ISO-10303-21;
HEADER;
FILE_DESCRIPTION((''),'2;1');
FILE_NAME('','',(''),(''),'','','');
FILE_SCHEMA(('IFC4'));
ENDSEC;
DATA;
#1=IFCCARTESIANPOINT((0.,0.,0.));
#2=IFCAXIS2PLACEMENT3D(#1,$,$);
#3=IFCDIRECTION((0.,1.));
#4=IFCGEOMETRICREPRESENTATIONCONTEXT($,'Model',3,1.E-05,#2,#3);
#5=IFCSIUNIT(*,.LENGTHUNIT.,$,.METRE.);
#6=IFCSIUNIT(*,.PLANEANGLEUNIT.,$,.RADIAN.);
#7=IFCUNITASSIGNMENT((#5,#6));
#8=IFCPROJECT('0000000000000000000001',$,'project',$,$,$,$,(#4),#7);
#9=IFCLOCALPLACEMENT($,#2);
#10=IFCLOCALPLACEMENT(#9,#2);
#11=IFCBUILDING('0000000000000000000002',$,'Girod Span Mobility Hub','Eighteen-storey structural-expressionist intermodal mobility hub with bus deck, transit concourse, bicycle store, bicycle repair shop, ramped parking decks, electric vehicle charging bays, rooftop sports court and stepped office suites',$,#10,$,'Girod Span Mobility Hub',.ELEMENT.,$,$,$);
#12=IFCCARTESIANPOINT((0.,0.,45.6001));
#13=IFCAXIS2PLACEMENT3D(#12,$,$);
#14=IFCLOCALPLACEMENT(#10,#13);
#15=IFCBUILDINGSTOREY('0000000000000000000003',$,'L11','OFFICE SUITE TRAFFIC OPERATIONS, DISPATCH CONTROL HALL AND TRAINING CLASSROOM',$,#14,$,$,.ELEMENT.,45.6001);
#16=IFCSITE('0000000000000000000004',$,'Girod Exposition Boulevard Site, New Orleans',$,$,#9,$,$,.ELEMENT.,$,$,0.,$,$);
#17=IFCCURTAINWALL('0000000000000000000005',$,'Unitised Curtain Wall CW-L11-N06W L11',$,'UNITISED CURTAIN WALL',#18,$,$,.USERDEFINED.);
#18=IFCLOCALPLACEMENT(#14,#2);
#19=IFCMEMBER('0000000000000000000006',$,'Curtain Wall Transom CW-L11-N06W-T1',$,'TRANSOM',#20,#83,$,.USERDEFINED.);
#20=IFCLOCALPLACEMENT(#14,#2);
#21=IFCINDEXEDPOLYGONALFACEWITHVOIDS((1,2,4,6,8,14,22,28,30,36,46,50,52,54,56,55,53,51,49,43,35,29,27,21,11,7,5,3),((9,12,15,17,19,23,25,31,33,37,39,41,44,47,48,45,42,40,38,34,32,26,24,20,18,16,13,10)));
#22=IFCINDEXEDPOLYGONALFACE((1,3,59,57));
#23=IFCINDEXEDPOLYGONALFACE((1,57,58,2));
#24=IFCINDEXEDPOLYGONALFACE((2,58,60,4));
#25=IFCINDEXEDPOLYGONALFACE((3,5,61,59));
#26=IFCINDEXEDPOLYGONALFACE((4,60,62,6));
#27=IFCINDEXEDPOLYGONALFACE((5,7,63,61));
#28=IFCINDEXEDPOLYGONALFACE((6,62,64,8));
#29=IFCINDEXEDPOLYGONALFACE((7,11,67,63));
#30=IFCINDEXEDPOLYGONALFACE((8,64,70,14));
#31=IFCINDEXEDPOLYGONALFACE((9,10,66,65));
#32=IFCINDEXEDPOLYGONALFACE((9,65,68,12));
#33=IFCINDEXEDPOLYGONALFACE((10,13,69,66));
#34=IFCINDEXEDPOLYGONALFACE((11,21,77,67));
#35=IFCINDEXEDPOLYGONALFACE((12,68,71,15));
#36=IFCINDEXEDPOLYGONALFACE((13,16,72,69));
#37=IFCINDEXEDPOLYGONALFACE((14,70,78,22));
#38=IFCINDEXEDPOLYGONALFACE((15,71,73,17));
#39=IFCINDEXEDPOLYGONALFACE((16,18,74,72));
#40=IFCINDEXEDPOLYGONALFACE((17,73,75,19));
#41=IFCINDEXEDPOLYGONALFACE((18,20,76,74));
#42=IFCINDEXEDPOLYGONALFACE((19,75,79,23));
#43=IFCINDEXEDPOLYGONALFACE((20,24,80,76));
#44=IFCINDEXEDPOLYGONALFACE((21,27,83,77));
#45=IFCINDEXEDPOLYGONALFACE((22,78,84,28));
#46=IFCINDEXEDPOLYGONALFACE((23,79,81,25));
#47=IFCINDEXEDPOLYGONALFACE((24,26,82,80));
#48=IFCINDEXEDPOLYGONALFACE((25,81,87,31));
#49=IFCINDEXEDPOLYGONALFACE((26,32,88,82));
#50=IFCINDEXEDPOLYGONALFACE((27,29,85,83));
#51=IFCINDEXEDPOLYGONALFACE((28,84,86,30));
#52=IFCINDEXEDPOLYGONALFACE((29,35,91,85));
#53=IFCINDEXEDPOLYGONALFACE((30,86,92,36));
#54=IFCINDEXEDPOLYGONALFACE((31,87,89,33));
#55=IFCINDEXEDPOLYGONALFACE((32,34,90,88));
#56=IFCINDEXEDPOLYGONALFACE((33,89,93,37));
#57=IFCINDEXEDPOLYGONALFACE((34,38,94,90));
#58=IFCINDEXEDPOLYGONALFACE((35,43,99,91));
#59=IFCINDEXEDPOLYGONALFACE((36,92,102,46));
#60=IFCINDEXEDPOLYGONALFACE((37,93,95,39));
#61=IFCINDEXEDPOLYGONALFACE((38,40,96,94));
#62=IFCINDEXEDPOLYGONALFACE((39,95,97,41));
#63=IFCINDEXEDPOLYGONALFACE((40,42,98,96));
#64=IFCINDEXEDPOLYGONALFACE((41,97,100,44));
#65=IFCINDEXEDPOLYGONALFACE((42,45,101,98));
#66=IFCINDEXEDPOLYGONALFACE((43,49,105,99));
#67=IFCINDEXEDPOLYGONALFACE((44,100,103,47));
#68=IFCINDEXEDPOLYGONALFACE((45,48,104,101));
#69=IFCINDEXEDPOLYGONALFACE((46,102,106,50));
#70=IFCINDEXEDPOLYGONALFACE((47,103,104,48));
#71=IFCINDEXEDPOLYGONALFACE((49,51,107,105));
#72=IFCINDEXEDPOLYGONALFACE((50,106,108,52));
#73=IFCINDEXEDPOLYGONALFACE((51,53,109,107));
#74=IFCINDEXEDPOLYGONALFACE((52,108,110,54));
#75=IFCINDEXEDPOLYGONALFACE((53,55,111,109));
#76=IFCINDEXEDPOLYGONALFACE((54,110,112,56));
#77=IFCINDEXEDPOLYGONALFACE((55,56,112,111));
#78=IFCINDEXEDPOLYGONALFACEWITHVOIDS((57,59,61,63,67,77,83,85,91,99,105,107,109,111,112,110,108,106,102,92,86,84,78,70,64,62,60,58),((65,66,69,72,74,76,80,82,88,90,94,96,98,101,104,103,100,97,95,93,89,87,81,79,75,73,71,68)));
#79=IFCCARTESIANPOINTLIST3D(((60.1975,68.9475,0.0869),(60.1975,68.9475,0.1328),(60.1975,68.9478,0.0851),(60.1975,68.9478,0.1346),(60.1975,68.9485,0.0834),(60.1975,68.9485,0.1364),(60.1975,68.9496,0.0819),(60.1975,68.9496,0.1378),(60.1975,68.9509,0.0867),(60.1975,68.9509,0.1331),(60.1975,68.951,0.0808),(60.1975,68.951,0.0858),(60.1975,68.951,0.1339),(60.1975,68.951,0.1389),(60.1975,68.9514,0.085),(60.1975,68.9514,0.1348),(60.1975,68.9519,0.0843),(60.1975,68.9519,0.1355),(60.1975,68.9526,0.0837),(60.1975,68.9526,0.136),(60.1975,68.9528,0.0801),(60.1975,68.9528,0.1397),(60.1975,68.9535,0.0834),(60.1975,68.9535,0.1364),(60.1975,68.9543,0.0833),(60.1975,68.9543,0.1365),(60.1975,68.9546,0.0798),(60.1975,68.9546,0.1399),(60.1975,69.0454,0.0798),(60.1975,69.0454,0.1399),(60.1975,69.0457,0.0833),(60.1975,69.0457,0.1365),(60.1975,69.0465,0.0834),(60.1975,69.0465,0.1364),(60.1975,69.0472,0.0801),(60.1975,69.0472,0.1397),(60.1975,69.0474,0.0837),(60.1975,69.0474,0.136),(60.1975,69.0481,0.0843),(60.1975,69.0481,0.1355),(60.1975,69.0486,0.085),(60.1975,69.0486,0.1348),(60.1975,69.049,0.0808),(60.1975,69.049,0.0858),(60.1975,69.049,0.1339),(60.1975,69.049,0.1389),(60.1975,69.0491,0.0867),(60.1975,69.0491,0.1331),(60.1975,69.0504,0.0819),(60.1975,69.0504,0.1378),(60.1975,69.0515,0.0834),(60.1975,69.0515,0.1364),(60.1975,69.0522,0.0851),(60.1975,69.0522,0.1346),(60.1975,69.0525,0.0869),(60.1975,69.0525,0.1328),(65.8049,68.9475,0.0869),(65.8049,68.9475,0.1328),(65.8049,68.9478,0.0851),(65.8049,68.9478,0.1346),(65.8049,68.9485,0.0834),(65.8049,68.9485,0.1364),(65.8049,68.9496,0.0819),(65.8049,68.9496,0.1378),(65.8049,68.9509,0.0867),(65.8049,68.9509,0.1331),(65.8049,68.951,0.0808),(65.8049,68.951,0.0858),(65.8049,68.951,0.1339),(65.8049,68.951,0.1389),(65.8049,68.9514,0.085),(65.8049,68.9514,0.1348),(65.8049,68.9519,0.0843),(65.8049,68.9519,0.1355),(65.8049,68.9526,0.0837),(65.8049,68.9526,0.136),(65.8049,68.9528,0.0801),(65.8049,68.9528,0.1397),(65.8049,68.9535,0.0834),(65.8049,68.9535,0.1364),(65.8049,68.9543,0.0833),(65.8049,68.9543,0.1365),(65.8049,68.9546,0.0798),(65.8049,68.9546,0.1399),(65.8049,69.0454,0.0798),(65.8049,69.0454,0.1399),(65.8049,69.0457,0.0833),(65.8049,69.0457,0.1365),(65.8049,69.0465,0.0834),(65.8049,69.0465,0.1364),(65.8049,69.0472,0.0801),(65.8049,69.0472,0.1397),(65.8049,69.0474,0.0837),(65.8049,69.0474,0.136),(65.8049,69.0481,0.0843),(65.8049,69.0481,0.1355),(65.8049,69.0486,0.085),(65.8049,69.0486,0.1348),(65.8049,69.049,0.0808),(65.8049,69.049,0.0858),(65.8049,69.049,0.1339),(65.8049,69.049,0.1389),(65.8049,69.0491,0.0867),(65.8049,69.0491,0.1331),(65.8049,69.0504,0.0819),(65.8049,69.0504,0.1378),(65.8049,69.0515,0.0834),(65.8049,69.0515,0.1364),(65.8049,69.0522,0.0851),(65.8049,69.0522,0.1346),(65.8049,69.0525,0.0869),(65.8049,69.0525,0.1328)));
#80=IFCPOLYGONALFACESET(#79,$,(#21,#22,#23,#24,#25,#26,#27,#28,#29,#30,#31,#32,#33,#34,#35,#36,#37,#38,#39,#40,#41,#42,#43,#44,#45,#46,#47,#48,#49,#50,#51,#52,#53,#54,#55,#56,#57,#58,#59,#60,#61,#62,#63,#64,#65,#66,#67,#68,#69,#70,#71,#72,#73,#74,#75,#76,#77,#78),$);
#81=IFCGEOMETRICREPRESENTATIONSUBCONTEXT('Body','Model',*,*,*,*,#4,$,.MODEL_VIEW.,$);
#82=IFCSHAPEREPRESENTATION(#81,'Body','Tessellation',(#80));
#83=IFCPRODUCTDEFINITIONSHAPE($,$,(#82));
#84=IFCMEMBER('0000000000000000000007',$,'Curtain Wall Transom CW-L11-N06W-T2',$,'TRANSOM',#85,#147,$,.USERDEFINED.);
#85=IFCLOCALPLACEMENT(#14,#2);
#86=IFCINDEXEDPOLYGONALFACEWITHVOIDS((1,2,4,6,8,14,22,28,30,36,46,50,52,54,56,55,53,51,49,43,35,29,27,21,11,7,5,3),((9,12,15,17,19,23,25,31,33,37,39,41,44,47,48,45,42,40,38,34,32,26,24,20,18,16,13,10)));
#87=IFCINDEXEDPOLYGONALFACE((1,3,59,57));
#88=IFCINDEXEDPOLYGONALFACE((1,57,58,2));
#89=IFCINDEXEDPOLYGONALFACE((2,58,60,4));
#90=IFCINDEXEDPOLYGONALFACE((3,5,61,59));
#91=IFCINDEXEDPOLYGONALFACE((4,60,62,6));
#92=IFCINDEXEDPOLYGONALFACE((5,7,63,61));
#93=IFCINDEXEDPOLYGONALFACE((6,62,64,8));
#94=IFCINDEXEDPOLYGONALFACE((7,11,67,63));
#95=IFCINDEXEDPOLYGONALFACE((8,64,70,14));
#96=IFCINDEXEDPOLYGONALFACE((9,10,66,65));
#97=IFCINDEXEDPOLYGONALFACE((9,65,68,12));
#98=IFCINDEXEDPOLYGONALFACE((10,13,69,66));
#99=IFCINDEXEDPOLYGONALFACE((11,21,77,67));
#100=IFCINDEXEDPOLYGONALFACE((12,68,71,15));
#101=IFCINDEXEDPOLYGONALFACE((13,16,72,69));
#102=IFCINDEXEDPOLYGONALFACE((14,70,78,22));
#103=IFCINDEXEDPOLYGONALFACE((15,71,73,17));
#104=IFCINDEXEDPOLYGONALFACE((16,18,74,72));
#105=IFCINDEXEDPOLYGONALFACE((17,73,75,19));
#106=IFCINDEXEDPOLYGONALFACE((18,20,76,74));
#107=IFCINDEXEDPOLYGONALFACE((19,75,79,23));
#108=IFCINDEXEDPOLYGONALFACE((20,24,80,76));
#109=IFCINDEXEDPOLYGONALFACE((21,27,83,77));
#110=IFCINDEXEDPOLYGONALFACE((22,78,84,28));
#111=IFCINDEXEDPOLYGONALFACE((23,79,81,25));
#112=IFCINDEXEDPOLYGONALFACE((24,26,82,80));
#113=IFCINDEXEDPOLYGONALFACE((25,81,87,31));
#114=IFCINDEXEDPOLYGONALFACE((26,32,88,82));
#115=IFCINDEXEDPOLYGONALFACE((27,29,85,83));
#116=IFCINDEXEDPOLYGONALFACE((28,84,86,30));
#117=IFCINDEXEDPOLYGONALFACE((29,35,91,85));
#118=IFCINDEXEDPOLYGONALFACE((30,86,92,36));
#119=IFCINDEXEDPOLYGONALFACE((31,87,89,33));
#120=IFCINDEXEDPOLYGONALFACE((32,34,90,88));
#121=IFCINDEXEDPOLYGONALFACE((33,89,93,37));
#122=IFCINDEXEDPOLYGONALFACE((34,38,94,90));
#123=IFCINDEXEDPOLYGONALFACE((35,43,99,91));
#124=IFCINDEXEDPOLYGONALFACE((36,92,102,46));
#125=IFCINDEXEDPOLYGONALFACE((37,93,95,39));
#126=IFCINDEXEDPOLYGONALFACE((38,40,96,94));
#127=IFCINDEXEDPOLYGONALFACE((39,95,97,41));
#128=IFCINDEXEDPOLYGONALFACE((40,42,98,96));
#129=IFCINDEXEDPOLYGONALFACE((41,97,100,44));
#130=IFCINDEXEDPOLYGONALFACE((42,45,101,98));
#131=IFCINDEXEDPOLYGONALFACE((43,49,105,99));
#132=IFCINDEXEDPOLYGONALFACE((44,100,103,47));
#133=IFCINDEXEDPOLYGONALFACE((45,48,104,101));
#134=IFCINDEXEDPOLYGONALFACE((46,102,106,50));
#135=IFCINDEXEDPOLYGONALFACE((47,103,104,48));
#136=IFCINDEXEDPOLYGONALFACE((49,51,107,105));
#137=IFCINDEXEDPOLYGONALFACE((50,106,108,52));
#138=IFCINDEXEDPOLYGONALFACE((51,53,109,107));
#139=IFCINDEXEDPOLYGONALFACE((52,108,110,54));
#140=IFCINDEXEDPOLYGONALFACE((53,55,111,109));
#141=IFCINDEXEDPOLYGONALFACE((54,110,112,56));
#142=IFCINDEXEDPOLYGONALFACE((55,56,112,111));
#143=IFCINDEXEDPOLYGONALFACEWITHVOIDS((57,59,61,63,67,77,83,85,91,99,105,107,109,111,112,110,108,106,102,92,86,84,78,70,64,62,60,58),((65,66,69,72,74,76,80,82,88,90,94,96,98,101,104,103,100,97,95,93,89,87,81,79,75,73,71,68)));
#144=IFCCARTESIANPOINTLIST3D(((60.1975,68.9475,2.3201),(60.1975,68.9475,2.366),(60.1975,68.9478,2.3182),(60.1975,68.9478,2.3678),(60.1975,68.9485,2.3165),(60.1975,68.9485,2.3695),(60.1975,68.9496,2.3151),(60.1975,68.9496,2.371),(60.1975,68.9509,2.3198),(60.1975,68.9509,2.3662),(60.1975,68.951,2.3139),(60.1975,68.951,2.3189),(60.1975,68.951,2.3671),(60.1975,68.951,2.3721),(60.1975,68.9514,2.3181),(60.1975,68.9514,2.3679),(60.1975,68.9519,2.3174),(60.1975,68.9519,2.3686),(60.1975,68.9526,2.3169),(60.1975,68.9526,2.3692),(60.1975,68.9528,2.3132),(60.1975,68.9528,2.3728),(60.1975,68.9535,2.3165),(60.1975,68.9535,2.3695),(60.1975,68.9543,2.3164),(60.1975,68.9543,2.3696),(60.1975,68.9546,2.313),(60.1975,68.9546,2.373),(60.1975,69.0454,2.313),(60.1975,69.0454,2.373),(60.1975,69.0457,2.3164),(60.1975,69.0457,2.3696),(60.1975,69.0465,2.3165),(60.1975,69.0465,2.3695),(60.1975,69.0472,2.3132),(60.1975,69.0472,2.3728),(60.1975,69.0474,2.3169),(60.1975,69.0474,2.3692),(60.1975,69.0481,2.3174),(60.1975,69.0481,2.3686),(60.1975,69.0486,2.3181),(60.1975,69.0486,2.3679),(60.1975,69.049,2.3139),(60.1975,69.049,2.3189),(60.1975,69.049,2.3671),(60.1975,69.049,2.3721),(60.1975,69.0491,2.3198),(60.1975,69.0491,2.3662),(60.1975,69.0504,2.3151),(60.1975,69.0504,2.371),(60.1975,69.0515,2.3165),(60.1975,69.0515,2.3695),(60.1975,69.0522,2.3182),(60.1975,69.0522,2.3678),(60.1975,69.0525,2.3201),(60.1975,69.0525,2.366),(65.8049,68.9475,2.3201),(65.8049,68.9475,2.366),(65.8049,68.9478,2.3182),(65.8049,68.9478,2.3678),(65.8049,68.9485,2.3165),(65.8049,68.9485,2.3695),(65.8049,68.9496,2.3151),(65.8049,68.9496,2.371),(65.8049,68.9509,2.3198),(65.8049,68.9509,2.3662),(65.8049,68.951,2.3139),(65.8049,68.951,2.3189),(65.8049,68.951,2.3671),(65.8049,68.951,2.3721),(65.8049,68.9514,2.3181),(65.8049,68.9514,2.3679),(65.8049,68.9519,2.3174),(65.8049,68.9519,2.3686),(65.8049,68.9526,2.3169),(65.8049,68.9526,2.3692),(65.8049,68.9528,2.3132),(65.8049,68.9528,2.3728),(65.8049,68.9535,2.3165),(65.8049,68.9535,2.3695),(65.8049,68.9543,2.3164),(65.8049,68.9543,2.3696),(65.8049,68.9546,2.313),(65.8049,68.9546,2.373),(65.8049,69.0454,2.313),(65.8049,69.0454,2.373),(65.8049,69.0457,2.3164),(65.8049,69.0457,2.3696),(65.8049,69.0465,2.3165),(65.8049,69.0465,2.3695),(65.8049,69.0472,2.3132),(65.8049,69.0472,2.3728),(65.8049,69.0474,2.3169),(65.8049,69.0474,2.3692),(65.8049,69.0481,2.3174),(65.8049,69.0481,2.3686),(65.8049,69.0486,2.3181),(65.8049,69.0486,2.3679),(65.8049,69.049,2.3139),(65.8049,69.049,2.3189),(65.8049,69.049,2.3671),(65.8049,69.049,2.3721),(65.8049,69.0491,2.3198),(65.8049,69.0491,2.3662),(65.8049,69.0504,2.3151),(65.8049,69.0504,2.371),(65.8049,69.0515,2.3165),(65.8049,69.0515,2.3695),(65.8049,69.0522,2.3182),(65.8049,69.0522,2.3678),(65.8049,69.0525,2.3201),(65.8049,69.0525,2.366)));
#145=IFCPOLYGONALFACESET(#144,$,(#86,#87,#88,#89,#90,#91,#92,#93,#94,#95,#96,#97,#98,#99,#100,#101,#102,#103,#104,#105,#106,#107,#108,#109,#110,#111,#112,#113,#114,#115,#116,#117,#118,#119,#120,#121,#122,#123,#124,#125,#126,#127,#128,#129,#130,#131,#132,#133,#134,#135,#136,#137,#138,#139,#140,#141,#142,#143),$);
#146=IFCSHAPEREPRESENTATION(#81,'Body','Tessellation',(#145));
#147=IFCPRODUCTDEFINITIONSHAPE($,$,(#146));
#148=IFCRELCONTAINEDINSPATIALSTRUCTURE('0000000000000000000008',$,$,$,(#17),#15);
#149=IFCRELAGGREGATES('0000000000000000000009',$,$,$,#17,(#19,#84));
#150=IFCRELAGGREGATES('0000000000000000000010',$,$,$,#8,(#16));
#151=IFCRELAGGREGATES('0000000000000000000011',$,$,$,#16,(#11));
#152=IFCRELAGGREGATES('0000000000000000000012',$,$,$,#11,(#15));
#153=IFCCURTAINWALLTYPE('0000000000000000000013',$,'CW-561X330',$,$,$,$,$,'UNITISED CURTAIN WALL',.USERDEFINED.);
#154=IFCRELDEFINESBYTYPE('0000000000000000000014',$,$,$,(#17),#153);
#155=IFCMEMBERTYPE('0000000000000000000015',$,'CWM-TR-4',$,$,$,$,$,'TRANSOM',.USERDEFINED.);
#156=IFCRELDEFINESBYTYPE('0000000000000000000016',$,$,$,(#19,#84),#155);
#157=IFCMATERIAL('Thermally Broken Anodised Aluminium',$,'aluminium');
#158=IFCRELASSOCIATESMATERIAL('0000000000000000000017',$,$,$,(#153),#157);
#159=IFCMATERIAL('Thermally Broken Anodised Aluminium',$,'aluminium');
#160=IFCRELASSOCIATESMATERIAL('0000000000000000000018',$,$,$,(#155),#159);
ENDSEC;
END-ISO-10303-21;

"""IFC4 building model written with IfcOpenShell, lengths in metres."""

from ifc_helpers import new_model, si_unit, direction, frame, origin, origin_2d, place, context, subcontext, project, spatial, hollow_rectangle, extrude, material, material_profile, profile_set, type_object, element, aggregate, save


model = new_model("IFC4")

# Units and contexts
model_context = context("Model", 3, precision=1e-05, world=origin(), true_north=direction((0.0, 1.0)))
body_context = subcontext(model_context, "Body", "Model", "MODEL_VIEW")
ifc_project = project(units=[si_unit("LENGTHUNIT", "METRE"), si_unit("PLANEANGLEUNIT", "RADIAN")], contexts=[model_context])

# Site, building, storey
site_placement = place(None, origin())
site = spatial("IfcSite", under=ifc_project, at=site_placement, Name="Girod Exposition Boulevard Site, New Orleans", CompositionType="ELEMENT", RefElevation=0.0)
building_placement = place(site_placement, origin())
building = spatial("IfcBuilding", under=site, at=building_placement, Name="Girod Span Mobility Hub", Description="Eighteen-storey structural-expressionist intermodal mobility hub with bus deck, transit concourse, bicycle store, bicycle repair shop, ramped parking decks, electric vehicle charging bays, rooftop sports court and stepped office suites", LongName="Girod Span Mobility Hub", CompositionType="ELEMENT")
storey_placement = place(building_placement, frame((0.0, 0.0, 45.6001)))
storey = spatial("IfcBuildingStorey", under=building, at=storey_placement, Name="L11", Description="OFFICE SUITE TRAFFIC OPERATIONS, DISPATCH CONTROL HALL AND TRAINING CLASSROOM", CompositionType="ELEMENT", Elevation=45.6001)

# Curtain wall, members
ifc_material_1 = material(Name="Thermally Broken Anodised Aluminium", Category="aluminium")
curtain_wall_type = type_object("IfcCurtainWallType", Name="CW-561X330", ElementType="UNITISED CURTAIN WALL", PredefinedType="USERDEFINED", material=ifc_material_1)
curtain_wall_placement = place(storey_placement, origin())
curtain_wall = element("IfcCurtainWall", 1, at=curtain_wall_placement, inside=storey, type_object=curtain_wall_type, Name="Unitised Curtain Wall CW-L11-N06W L11", ObjectType="UNITISED CURTAIN WALL", PredefinedType="USERDEFINED")
ifc_material_2 = material(Name="Thermally Broken Anodised Aluminium", Category="aluminium")
ifc_material_profile_1 = material_profile(ifc_material_2, hollow_rectangle(XDim=0.105, YDim=0.0601, WallThickness=0.0034, InnerFilletRadius=0.0034, OuterFilletRadius=0.0071, at=origin_2d()), Name="CW-TR-60X105")
ifc_profile_set_1 = profile_set([ifc_material_profile_1], Name="Thermally Broken Anodised Aluminium")
member_type_1 = type_object("IfcMemberType", Name="CWM-TR-4", ElementType="TRANSOM", PredefinedType="USERDEFINED", material=ifc_profile_set_1)
member_1_placement = place(storey_placement, frame((60.1975, 69.0, 0.1099), z_axis=(1.0, 0.0, 0.0), x_axis=(0.0, 1.0, 0.0)))
member_1 = element("IfcMember", 2, at=member_1_placement, type_object=member_type_1, Name="Curtain Wall Transom CW-L11-N06W-T1", ObjectType="TRANSOM", PredefinedType="USERDEFINED", context=body_context, shape_type="SweptSolid", body=[
    extrude(hollow_rectangle(XDim=0.105, YDim=0.0601, WallThickness=0.0034, InnerFilletRadius=0.0034, OuterFilletRadius=0.0071, at=origin_2d()), origin(), (0.0, 0.0, 1.0), 5.6074),
])
member_2_placement = place(storey_placement, frame((60.1975, 69.0, 2.343), z_axis=(1.0, 0.0, 0.0), x_axis=(0.0, 1.0, 0.0)))
member_2 = element("IfcMember", 3, at=member_2_placement, type_object=member_type_1, Name="Curtain Wall Transom CW-L11-N06W-T2", ObjectType="TRANSOM", PredefinedType="USERDEFINED", context=body_context, shape_type="SweptSolid", body=[
    extrude(hollow_rectangle(XDim=0.105, YDim=0.0601, WallThickness=0.0034, InnerFilletRadius=0.0034, OuterFilletRadius=0.0071, at=origin_2d()), origin(), (0.0, 0.0, 1.0), 5.6074),
])
aggregate(curtain_wall, [member_1, member_2])

save(model, "model.ifc")
